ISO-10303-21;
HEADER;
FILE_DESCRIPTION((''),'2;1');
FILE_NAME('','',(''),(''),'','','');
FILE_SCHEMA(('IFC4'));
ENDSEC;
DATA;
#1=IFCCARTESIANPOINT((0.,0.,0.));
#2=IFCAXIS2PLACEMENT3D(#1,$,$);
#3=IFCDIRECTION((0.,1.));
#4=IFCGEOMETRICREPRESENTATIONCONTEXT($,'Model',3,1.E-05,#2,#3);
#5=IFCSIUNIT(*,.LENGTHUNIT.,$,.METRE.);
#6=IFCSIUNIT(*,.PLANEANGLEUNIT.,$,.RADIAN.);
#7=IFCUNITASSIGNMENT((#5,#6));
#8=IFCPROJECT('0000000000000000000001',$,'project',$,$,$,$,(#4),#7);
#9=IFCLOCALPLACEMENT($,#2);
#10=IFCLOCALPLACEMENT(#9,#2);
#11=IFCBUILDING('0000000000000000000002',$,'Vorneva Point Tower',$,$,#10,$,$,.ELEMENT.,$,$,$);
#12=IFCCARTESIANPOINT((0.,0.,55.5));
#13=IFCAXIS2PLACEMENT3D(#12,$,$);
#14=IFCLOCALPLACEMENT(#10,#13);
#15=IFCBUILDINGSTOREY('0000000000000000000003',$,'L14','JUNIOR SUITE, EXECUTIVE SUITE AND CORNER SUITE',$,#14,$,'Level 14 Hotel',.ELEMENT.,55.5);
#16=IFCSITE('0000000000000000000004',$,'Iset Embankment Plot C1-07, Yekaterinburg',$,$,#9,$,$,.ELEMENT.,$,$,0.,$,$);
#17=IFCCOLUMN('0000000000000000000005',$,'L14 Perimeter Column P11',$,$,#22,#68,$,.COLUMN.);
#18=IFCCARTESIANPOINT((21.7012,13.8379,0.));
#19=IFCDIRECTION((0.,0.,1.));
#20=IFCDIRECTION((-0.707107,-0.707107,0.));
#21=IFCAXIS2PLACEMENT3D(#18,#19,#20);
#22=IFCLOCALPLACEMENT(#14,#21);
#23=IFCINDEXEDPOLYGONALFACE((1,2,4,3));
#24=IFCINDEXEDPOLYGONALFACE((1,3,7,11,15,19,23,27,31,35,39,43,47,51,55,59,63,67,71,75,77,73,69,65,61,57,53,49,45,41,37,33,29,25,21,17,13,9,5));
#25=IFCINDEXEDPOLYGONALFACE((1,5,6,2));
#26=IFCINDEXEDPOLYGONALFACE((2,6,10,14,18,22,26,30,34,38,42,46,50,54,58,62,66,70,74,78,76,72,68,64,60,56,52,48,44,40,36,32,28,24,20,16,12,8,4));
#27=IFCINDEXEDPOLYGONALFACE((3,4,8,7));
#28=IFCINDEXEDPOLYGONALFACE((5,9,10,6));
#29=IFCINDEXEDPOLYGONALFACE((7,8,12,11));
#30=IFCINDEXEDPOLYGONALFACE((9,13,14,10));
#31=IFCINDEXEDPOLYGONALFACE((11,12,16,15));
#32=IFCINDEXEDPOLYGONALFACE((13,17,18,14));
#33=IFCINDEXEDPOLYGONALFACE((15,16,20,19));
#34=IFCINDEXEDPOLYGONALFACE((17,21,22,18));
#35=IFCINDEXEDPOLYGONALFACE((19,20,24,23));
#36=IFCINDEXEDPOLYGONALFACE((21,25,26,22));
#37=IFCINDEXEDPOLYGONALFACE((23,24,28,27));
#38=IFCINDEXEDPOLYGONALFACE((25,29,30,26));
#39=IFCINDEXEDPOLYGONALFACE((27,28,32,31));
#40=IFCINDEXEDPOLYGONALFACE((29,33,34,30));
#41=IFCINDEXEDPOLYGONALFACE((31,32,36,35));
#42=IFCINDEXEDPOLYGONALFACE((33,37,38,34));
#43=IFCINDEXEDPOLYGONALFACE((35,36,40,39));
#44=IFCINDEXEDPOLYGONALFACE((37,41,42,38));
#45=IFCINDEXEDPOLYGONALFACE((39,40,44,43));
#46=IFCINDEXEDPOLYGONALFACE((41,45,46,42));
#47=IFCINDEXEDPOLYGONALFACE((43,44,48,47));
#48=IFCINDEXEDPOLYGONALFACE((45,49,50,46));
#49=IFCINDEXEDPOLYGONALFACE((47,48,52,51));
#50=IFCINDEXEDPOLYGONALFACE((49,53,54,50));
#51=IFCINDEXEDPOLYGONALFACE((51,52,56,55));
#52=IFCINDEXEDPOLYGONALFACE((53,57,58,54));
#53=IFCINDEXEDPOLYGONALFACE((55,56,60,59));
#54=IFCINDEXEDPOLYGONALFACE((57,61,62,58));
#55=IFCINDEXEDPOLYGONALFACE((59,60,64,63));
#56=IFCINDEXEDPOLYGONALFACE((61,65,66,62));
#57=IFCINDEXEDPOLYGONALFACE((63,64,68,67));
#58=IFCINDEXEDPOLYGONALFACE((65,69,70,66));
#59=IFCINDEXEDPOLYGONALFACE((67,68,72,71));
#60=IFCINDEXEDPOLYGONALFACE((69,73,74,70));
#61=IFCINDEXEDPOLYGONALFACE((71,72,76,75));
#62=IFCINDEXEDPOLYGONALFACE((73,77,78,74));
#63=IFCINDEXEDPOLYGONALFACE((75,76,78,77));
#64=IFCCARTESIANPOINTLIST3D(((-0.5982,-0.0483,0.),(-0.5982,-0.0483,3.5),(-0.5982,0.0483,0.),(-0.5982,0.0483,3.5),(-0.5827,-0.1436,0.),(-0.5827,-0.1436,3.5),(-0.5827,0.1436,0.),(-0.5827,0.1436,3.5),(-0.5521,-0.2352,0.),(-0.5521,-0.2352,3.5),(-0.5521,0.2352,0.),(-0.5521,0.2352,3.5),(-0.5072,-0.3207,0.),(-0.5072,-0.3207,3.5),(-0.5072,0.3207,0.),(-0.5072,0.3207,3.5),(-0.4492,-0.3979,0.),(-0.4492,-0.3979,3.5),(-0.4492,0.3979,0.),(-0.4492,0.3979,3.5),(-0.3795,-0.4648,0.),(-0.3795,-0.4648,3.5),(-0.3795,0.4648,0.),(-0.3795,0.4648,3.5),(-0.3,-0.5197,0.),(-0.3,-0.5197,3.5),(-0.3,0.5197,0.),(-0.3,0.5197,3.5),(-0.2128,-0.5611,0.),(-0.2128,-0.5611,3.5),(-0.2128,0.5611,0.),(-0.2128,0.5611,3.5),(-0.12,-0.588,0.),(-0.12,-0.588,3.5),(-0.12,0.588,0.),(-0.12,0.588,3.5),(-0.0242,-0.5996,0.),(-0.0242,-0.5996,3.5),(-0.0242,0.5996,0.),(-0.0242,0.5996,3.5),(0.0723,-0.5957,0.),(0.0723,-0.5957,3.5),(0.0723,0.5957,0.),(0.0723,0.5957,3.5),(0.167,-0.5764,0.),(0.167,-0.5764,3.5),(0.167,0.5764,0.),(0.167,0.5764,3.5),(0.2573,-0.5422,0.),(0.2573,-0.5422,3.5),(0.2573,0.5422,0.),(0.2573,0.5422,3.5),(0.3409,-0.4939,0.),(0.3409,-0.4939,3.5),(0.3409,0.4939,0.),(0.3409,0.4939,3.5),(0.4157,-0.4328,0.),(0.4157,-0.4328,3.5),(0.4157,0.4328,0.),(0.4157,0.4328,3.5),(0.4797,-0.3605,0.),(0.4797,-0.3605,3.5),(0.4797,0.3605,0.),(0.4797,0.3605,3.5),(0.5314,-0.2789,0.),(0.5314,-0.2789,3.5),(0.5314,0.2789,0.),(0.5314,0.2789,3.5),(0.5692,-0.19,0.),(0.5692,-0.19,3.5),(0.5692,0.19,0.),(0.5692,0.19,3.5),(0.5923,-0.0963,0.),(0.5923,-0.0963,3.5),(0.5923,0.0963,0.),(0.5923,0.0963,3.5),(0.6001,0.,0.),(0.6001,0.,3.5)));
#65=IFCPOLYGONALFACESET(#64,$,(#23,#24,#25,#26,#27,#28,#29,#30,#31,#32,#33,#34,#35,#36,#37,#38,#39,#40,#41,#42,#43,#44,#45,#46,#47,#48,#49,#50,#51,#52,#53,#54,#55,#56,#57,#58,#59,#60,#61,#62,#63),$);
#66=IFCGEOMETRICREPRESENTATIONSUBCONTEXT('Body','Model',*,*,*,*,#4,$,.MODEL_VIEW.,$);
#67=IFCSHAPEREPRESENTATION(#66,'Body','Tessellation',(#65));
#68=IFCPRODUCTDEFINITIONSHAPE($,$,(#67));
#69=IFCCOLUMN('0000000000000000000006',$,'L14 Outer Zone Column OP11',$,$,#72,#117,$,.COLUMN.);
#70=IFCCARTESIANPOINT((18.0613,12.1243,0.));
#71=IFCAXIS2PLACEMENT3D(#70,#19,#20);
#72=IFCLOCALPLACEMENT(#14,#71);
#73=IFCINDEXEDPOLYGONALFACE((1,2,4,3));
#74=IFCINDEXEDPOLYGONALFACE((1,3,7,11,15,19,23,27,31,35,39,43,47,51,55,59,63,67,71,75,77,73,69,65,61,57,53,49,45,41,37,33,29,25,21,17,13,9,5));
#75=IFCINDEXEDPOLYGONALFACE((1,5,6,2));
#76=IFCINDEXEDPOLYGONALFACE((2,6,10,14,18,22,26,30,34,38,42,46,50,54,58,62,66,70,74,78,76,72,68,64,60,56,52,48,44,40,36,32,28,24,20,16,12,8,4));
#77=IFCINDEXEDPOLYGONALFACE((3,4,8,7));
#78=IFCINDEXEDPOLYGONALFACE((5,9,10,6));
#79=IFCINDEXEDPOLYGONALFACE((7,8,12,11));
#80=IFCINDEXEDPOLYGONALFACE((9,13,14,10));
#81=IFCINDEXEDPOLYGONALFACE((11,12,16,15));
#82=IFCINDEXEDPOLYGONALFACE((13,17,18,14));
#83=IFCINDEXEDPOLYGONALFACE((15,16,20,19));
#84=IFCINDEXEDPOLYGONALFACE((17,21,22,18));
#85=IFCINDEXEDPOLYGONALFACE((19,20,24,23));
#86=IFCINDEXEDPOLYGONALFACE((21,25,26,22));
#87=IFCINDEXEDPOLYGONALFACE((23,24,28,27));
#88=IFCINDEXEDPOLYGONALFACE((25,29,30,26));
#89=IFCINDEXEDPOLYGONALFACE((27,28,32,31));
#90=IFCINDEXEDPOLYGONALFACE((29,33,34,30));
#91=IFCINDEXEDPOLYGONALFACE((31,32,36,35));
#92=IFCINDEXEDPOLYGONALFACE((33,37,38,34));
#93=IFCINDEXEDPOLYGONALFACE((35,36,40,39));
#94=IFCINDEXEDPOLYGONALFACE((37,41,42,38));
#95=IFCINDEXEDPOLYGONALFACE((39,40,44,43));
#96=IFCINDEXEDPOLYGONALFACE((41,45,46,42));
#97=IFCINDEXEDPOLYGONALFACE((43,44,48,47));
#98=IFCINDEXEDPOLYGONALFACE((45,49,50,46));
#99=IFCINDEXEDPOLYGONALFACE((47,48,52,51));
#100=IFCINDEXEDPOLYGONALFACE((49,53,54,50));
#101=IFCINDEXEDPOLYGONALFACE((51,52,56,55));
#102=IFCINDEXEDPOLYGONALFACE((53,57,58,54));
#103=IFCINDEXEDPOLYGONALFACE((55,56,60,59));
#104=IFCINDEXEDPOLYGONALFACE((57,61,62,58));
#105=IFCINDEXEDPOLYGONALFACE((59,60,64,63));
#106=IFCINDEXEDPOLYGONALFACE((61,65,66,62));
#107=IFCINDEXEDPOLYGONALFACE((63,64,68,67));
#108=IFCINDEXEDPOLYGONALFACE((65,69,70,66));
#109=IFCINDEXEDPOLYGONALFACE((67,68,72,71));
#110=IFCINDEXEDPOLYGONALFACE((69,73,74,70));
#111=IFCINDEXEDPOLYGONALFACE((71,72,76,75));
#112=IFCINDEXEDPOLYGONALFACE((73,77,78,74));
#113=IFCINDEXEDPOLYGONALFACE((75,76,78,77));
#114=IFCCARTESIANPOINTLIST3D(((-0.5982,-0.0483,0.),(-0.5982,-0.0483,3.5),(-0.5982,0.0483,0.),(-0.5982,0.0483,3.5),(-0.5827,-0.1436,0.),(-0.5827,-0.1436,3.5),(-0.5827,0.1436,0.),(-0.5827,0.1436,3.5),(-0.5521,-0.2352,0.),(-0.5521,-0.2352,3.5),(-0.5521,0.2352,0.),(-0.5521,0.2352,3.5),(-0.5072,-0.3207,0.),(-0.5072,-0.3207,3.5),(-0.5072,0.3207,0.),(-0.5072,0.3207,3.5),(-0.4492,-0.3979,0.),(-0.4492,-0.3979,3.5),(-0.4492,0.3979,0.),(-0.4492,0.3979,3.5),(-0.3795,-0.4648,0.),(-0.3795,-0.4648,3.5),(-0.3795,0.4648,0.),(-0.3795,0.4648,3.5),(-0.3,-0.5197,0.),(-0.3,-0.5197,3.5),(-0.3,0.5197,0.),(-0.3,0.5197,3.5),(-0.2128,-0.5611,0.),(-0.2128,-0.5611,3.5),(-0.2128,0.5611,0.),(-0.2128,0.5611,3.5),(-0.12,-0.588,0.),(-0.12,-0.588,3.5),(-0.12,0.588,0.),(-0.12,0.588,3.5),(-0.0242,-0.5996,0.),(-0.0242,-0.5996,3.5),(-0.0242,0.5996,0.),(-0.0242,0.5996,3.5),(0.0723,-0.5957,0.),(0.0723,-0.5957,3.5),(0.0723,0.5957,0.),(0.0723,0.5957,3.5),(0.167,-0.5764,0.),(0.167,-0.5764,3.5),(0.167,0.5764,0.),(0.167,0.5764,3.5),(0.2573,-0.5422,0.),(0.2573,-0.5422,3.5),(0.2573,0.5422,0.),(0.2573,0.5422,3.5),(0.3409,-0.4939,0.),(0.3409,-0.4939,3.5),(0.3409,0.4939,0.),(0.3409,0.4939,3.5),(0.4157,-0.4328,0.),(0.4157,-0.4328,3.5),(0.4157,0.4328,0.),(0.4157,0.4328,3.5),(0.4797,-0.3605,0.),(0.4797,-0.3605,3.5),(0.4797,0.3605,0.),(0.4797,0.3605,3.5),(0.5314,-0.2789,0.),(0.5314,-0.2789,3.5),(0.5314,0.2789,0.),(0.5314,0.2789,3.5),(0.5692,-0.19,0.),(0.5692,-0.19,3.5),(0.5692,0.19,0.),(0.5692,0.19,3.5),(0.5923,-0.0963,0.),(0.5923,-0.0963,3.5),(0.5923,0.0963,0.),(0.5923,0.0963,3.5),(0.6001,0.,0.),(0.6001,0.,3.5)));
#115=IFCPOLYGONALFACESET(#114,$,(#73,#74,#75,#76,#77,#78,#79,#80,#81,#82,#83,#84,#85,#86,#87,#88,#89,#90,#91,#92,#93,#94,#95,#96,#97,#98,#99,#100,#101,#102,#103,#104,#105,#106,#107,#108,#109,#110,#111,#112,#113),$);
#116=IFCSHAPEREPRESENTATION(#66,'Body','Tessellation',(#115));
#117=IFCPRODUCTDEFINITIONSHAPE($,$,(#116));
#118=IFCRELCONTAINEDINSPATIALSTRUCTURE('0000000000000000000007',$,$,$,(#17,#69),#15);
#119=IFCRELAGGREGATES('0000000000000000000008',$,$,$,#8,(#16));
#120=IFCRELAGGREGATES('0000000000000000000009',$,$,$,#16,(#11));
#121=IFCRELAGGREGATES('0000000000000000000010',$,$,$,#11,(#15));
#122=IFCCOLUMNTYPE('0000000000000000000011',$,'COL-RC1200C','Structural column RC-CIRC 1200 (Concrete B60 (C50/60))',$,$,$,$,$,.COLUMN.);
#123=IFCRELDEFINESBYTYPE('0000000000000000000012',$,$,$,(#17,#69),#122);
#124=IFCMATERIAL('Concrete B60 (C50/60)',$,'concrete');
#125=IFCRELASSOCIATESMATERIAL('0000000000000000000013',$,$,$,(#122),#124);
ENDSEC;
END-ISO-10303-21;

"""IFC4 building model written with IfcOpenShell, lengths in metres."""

from ifc_helpers import new_model, si_unit, direction, frame, origin, origin_2d, place, context, subcontext, project, spatial, circle, extrude, material, material_profile, profile_set, type_object, element, save


model = new_model("IFC4")

# Units and contexts
model_context = context("Model", 3, precision=1e-05, world=origin(), true_north=direction((0.0, 1.0)))
body_context = subcontext(model_context, "Body", "Model", "MODEL_VIEW")
ifc_project = project(units=[si_unit("LENGTHUNIT", "METRE"), si_unit("PLANEANGLEUNIT", "RADIAN")], contexts=[model_context])

# Site, building, storey
site_placement = place(None, origin())
site = spatial("IfcSite", under=ifc_project, at=site_placement, Name="Iset Embankment Plot C1-07, Yekaterinburg", CompositionType="ELEMENT", RefElevation=0.0)
building_placement = place(site_placement, origin())
building = spatial("IfcBuilding", under=site, at=building_placement, Name="Vorneva Point Tower", CompositionType="ELEMENT")
storey_placement = place(building_placement, frame((0.0, 0.0, 55.5)))
storey = spatial("IfcBuildingStorey", under=building, at=storey_placement, Name="L14", Description="JUNIOR SUITE, EXECUTIVE SUITE AND CORNER SUITE", LongName="Level 14 Hotel", CompositionType="ELEMENT", Elevation=55.5)

# Columns
ifc_material_1 = material(Name="Concrete B60 (C50/60)", Category="concrete")
ifc_material_profile_1 = material_profile(ifc_material_1, circle(Radius=0.6001, at=origin_2d()), Name="RC-CIRC 1200")
ifc_profile_set_1 = profile_set([ifc_material_profile_1], Name="Concrete B60 (C50/60)")
column_type = type_object("IfcColumnType", Name="COL-RC1200C", Description="Structural column RC-CIRC 1200 (Concrete B60 (C50/60))", PredefinedType="COLUMN", material=ifc_profile_set_1)
for number, where, z_axis, x_axis, name in (
    (1, (21.7012, 13.8379, 0.0), (0.0, 0.0, 1.0), (-0.707107, -0.707107, 0.0), "L14 Perimeter Column P11"),
    (2, (18.0613, 12.1243, 0.0), (0.0, 0.0, 1.0), (-0.707107, -0.707107, 0.0), "L14 Outer Zone Column OP11"),
):
    element("IfcColumn", number, at=place(storey_placement, frame(where, z_axis=z_axis, x_axis=x_axis)), inside=storey, type_object=column_type, Name=name, PredefinedType="COLUMN", context=body_context, shape_type="SweptSolid", body=[
        extrude(circle(Radius=0.6001, at=origin_2d()), origin(), (0.0, 0.0, 1.0), 3.5),
    ])

save(model, "model.ifc")
